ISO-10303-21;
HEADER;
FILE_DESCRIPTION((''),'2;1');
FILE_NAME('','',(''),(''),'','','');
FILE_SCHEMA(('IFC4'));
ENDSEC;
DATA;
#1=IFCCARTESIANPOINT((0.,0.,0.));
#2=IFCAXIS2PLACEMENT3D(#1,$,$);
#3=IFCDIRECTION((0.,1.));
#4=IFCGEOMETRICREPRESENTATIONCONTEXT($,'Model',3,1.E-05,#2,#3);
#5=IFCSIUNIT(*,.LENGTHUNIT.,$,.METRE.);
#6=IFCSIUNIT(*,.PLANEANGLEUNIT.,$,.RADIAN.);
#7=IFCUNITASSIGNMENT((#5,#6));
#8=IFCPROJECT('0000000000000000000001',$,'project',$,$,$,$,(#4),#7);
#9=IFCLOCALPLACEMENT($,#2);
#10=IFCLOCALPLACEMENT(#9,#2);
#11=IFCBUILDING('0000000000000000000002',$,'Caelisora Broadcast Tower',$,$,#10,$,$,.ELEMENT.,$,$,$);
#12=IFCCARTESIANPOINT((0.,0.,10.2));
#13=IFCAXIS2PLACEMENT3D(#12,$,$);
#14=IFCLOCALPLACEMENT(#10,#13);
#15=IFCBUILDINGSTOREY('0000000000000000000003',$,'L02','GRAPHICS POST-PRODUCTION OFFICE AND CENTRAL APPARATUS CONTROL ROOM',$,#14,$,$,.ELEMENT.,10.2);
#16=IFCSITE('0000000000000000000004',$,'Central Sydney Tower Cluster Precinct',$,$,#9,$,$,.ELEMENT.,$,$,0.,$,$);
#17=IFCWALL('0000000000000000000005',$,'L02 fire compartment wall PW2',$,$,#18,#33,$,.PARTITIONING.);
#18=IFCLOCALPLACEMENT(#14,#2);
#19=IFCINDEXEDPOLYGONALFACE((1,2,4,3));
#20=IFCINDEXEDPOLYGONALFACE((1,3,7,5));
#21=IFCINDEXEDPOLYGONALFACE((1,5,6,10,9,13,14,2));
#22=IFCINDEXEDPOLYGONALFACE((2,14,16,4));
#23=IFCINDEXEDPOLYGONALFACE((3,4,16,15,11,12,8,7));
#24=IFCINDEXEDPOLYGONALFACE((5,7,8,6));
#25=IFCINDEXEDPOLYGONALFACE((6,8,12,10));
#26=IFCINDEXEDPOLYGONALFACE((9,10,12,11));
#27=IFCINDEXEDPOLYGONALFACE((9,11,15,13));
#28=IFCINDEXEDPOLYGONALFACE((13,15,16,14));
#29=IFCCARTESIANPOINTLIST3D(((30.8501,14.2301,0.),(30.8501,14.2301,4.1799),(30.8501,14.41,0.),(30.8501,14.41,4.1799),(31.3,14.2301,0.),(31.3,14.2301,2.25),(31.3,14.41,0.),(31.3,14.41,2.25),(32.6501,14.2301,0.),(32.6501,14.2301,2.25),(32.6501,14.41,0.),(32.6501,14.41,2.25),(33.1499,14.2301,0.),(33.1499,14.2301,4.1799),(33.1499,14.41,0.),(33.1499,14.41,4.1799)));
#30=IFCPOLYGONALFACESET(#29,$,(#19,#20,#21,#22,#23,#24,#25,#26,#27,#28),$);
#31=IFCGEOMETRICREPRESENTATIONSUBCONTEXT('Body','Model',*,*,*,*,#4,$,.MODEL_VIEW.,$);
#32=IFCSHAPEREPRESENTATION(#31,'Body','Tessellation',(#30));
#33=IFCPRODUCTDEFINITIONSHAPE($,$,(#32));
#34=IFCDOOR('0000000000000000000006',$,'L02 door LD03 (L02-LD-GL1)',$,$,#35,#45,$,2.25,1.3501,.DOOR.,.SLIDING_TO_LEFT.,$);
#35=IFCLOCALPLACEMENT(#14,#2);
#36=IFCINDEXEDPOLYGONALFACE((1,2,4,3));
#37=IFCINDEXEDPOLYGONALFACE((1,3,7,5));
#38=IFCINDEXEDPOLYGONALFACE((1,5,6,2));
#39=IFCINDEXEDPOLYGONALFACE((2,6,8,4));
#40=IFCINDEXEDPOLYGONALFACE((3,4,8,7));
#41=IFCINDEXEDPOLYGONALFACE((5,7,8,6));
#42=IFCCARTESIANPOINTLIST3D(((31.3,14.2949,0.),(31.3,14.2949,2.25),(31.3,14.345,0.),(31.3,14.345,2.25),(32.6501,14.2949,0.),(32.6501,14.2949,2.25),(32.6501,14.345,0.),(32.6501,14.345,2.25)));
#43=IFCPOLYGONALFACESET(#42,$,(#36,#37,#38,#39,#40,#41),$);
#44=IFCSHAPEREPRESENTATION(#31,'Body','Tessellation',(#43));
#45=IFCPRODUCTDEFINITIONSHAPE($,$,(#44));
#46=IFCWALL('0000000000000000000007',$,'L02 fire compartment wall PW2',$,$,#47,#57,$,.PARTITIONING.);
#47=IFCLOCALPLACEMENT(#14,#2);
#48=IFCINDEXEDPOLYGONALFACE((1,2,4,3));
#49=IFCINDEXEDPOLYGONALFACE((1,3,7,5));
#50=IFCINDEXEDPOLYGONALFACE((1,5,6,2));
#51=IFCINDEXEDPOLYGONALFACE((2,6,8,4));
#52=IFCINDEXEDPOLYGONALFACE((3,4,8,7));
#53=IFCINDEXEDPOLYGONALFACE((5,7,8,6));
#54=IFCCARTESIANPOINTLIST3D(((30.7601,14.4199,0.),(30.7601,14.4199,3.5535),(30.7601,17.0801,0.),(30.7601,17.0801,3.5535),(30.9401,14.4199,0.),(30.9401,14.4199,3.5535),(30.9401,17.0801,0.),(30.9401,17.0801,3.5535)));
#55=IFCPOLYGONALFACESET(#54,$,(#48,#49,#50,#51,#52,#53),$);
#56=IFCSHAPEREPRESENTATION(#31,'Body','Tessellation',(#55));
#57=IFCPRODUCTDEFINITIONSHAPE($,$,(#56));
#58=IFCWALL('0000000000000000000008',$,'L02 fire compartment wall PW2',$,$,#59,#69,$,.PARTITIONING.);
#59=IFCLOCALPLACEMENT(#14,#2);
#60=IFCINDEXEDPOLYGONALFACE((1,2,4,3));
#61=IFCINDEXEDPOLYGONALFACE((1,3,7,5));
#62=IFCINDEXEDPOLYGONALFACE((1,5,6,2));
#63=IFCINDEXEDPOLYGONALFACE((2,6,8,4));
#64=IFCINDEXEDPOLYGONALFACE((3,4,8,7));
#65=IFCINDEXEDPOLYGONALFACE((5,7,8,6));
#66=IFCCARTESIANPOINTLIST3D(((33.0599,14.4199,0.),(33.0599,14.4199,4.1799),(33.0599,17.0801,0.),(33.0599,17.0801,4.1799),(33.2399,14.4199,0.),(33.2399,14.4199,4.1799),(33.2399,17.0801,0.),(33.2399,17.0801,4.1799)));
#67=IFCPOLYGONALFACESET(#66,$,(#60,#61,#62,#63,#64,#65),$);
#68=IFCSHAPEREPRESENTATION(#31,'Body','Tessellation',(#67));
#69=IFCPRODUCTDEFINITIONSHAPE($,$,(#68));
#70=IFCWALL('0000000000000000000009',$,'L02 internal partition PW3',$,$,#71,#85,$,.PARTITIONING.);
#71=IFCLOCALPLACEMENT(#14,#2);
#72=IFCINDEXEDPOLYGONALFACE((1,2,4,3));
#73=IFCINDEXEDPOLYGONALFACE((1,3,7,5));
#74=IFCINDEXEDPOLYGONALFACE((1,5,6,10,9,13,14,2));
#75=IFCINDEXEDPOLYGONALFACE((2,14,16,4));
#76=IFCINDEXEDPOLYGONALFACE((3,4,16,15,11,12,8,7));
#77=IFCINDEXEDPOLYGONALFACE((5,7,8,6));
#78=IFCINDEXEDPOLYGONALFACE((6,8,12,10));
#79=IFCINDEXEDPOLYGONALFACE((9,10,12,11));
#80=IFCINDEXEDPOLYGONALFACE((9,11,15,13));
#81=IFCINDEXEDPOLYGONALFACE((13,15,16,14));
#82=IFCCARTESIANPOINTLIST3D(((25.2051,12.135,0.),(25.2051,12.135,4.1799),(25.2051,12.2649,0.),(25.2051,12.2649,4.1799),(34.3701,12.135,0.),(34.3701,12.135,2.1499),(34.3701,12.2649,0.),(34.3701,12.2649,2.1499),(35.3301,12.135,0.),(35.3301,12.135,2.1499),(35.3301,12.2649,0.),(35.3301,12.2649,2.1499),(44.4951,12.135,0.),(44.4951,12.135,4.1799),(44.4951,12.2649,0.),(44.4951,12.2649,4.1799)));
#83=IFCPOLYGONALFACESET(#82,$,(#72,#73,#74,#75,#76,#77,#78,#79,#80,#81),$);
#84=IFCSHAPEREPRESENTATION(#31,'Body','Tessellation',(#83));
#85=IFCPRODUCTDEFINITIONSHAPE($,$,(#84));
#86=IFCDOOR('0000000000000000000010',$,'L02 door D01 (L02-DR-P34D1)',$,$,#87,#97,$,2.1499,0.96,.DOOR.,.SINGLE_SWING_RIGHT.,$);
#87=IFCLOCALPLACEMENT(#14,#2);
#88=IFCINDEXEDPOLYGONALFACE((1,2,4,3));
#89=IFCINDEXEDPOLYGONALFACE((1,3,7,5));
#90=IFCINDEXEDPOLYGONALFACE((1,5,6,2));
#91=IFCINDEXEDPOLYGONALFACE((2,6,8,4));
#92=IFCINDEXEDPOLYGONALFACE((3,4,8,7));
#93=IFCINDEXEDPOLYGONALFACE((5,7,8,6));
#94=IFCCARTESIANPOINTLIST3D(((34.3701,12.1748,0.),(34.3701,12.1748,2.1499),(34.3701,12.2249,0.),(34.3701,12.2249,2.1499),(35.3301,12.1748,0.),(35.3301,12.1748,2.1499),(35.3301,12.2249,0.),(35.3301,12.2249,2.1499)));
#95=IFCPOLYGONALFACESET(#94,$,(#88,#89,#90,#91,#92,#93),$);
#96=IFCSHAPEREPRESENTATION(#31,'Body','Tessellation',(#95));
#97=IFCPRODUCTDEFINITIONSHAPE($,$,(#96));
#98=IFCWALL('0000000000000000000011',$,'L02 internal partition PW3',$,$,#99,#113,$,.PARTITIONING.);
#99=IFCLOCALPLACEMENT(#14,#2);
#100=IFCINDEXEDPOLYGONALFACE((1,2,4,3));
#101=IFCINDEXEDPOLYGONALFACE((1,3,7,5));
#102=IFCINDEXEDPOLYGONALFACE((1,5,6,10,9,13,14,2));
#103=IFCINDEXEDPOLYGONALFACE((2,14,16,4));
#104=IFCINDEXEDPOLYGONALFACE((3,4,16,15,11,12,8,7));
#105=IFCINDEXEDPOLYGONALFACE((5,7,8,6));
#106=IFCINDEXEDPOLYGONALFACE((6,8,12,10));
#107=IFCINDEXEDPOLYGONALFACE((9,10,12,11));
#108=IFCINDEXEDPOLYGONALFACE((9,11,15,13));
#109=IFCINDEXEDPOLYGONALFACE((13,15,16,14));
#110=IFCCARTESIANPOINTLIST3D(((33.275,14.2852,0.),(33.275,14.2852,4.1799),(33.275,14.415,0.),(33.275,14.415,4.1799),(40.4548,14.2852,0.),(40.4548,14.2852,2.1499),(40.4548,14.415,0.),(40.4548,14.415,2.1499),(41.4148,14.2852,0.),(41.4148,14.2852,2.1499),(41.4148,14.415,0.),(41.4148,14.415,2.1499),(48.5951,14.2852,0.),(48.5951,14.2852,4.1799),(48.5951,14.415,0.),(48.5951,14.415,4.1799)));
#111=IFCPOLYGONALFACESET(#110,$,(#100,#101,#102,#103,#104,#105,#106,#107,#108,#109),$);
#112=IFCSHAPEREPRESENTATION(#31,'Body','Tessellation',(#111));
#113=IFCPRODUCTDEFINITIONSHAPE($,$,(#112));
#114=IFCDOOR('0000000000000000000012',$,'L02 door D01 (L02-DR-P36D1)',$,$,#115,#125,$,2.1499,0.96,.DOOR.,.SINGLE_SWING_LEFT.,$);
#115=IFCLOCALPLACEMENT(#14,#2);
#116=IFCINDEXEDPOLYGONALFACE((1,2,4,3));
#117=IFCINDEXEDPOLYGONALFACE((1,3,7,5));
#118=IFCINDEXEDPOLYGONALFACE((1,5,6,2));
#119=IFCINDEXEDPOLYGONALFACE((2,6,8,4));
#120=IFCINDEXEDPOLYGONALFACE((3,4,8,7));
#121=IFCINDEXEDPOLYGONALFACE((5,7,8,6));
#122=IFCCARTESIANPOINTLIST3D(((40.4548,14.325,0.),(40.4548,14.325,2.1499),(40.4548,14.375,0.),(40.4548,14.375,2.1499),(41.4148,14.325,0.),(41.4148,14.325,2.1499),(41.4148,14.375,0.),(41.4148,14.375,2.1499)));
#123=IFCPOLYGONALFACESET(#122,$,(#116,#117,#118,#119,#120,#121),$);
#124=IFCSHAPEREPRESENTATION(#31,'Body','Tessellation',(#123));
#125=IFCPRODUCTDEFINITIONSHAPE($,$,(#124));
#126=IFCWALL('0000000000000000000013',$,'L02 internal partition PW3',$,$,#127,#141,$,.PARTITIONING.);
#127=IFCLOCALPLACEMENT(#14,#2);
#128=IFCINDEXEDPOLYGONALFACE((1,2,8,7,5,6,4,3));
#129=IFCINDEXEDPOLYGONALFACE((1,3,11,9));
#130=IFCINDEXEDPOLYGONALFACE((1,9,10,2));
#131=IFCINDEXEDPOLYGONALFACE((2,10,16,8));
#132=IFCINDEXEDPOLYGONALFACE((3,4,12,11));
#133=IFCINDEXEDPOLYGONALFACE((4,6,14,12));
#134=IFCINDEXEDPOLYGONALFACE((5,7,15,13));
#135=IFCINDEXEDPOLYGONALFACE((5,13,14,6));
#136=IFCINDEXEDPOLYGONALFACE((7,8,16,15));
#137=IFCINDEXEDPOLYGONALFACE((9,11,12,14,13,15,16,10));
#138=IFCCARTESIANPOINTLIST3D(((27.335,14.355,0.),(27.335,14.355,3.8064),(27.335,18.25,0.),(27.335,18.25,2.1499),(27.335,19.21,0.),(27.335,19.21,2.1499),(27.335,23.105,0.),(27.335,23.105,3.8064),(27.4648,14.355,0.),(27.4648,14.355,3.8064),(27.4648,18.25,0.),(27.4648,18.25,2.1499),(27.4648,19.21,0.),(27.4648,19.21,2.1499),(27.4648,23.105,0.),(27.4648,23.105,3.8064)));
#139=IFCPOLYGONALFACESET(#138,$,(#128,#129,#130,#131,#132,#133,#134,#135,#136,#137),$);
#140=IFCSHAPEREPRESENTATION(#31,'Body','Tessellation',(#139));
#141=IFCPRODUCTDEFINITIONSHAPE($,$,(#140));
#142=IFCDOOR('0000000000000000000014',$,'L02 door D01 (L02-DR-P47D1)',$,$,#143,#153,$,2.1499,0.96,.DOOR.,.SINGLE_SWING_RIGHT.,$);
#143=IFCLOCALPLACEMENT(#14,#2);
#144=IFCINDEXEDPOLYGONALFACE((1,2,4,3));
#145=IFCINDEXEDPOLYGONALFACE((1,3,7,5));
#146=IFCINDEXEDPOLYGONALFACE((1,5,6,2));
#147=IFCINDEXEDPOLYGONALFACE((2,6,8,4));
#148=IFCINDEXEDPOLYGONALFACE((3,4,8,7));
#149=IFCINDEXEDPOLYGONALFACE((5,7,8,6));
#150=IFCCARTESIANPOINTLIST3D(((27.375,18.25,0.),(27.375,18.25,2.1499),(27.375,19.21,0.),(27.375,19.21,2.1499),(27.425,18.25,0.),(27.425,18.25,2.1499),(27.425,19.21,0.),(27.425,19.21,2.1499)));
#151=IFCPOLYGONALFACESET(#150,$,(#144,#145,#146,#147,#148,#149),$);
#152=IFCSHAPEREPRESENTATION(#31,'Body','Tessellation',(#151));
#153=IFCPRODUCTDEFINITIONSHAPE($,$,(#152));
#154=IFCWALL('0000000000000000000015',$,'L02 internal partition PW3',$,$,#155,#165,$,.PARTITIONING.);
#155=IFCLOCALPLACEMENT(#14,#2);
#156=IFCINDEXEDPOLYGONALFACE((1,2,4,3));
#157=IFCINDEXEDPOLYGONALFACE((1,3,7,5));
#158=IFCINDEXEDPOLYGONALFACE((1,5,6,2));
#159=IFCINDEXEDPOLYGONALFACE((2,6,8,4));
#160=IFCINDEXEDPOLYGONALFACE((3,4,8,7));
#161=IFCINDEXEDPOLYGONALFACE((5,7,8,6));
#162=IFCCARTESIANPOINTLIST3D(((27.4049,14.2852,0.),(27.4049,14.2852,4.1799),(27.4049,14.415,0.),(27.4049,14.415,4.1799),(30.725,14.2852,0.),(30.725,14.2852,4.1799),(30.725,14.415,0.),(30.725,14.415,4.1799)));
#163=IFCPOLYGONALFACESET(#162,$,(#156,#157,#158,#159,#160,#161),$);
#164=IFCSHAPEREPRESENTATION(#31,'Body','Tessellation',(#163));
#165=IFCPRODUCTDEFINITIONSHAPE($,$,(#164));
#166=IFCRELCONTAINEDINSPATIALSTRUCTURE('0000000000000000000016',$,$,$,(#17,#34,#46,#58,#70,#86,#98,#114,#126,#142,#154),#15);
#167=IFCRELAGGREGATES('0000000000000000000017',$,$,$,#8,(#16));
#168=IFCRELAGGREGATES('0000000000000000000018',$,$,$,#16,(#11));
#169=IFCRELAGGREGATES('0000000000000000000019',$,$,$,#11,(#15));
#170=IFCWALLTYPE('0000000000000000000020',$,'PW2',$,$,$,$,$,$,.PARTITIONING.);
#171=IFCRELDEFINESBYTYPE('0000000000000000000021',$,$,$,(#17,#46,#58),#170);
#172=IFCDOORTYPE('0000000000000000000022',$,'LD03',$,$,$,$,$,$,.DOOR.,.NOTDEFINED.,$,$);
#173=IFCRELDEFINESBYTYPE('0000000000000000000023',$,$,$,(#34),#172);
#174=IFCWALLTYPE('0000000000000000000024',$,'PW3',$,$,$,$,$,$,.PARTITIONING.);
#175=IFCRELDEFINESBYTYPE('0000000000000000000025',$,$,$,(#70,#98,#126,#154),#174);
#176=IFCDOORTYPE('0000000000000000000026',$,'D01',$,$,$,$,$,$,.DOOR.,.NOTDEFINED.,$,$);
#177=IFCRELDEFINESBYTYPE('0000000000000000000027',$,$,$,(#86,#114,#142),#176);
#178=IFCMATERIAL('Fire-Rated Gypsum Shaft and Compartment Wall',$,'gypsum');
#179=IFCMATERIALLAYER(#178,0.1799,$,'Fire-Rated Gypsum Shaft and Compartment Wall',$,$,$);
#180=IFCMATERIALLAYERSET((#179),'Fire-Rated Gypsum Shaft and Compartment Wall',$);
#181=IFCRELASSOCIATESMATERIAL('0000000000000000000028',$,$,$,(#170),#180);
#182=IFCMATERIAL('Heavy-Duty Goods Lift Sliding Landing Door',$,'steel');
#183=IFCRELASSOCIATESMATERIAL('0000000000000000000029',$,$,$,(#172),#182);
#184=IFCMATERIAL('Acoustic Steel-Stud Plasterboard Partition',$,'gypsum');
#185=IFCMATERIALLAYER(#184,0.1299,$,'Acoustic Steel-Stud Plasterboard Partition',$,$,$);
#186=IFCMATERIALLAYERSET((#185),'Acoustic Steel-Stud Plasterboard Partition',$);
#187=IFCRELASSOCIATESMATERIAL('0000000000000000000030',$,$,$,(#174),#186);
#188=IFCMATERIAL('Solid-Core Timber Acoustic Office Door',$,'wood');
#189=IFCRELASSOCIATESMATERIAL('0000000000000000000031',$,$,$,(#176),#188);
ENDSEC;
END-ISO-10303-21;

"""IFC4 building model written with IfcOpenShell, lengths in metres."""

from ifc_helpers import new_model, si_unit, direction, frame, frame_2d, origin, place, context, subcontext, project, spatial, rectangle, extrude, material, layer, layer_set, type_object, element, fill, save


model = new_model("IFC4")

# Units and contexts
model_context = context("Model", 3, precision=1e-05, world=origin(), true_north=direction((0.0, 1.0)))
body_context = subcontext(model_context, "Body", "Model", "MODEL_VIEW")
ifc_project = project(units=[si_unit("LENGTHUNIT", "METRE"), si_unit("PLANEANGLEUNIT", "RADIAN")], contexts=[model_context])

# Site, building, storey
site_placement = place(None, origin())
site = spatial("IfcSite", under=ifc_project, at=site_placement, Name="Central Sydney Tower Cluster Precinct", CompositionType="ELEMENT", RefElevation=0.0)
building_placement = place(site_placement, origin())
building = spatial("IfcBuilding", under=site, at=building_placement, Name="Caelisora Broadcast Tower", CompositionType="ELEMENT")
storey_placement = place(building_placement, frame((0.0, 0.0, 10.2)))
storey = spatial("IfcBuildingStorey", under=building, at=storey_placement, Name="L02", Description="GRAPHICS POST-PRODUCTION OFFICE AND CENTRAL APPARATUS CONTROL ROOM", CompositionType="ELEMENT", Elevation=10.2)

# Wall, opening, door
ifc_material_1 = material(Name="Fire-Rated Gypsum Shaft and Compartment Wall", Category="gypsum")
ifc_layer_1 = layer(ifc_material_1, 0.1799, Name="Fire-Rated Gypsum Shaft and Compartment Wall")
ifc_layer_set_1 = layer_set([ifc_layer_1], Name="Fire-Rated Gypsum Shaft and Compartment Wall")
wall_type_1 = type_object("IfcWallType", Name="PW2", PredefinedType="PARTITIONING", material=ifc_layer_set_1)
wall_1_placement = place(storey_placement, frame((30.8501, 14.3201, 0.0), z_axis=(0.0, 0.0, 1.0), x_axis=(1.0, 0.0, 0.0)))
wall_1 = element("IfcWall", 1, at=wall_1_placement, inside=storey, type_object=wall_type_1, Name="L02 fire compartment wall PW2", PredefinedType="PARTITIONING", context=body_context, shape_type="SweptSolid", body=[
    extrude(rectangle(XDim=2.2998, YDim=0.1799, at=frame_2d((1.1499, 0.0))), origin(), (0.0, 0.0, 1.0), 4.1799),
])
opening_1_placement = place(wall_1_placement, frame((0.45, 0.0, 0.0)))
opening_1 = element("IfcOpeningElement", 2, at=opening_1_placement, cuts=wall_1, PredefinedType="OPENING", context=body_context, shape_type="SweptSolid", body=[
    extrude(rectangle(XDim=1.3501, YDim=2.25, at=frame_2d((0.675, 1.125))), frame((0.0, 0.1021, 0.0), z_axis=(0.0, -1.0, 0.0), x_axis=(1.0, 0.0, 0.0)), (0.0, 0.0, 1.0), 0.2039),
])
ifc_material_2 = material(Name="Heavy-Duty Goods Lift Sliding Landing Door", Category="steel")
door_type_1 = type_object("IfcDoorType", Name="LD03", OperationType="NOTDEFINED", PredefinedType="DOOR", material=ifc_material_2)
door_1_placement = place(opening_1_placement, origin())
door_1 = element("IfcDoor", 3, at=door_1_placement, inside=storey, type_object=door_type_1, Name="L02 door LD03 (L02-LD-GL1)", OperationType="SLIDING_TO_LEFT", OverallHeight=2.25, OverallWidth=1.3501, PredefinedType="DOOR", context=body_context, shape_type="SweptSolid", body=[
    extrude(rectangle(XDim=1.3501, YDim=2.25, at=frame_2d((0.675, 1.125))), frame((0.0, 0.0249, 0.0), z_axis=(0.0, -1.0, 0.0), x_axis=(1.0, 0.0, 0.0)), (0.0, 0.0, 1.0), 0.05),
])
fill(opening_1, door_1)

# Walls
wall_2_placement = place(storey_placement, frame((30.8501, 14.4199, 0.0), z_axis=(0.0, 0.0, 1.0), x_axis=(0.0, 1.0, 0.0)))
element("IfcWall", 4, at=wall_2_placement, inside=storey, type_object=wall_type_1, Name="L02 fire compartment wall PW2", PredefinedType="PARTITIONING", context=body_context, shape_type="SweptSolid", body=[
    extrude(rectangle(XDim=2.6602, YDim=0.1799, at=frame_2d((1.3301, 0.0))), origin(), (0.0, 0.0, 1.0), 3.5535),
])
wall_3_placement = place(storey_placement, frame((33.1499, 14.4199, 0.0), z_axis=(0.0, 0.0, 1.0), x_axis=(0.0, 1.0, 0.0)))
element("IfcWall", 5, at=wall_3_placement, inside=storey, type_object=wall_type_1, Name="L02 fire compartment wall PW2", PredefinedType="PARTITIONING", context=body_context, shape_type="SweptSolid", body=[
    extrude(rectangle(XDim=2.6602, YDim=0.1799, at=frame_2d((1.3301, 0.0))), origin(), (0.0, 0.0, 1.0), 4.1799),
])

# Walls, openings, doors
ifc_material_3 = material(Name="Acoustic Steel-Stud Plasterboard Partition", Category="gypsum")
ifc_layer_2 = layer(ifc_material_3, 0.1299, Name="Acoustic Steel-Stud Plasterboard Partition")
ifc_layer_set_2 = layer_set([ifc_layer_2], Name="Acoustic Steel-Stud Plasterboard Partition")
wall_type_2 = type_object("IfcWallType", Name="PW3", PredefinedType="PARTITIONING", material=ifc_layer_set_2)
wall_4_placement = place(storey_placement, frame((25.2051, 12.2, 0.0), z_axis=(0.0, 0.0, 1.0), x_axis=(1.0, 0.0, 0.0)))
wall_4 = element("IfcWall", 6, at=wall_4_placement, inside=storey, type_object=wall_type_2, Name="L02 internal partition PW3", PredefinedType="PARTITIONING", context=body_context, shape_type="SweptSolid", body=[
    extrude(rectangle(XDim=19.29, YDim=0.1299, at=frame_2d((9.645, 0.0))), origin(), (0.0, 0.0, 1.0), 4.1799),
])
opening_2_placement = place(wall_4_placement, frame((9.165, 0.0, 0.0)))
opening_2 = element("IfcOpeningElement", 7, at=opening_2_placement, cuts=wall_4, PredefinedType="OPENING", context=body_context, shape_type="SweptSolid", body=[
    extrude(rectangle(XDim=0.96, YDim=2.1499, at=frame_2d((0.48, 1.075))), frame((0.0, 0.0769, 0.0), z_axis=(0.0, -1.0, 0.0), x_axis=(1.0, 0.0, 0.0)), (0.0, 0.0, 1.0), 0.1538),
])
ifc_material_4 = material(Name="Solid-Core Timber Acoustic Office Door", Category="wood")
door_type_2 = type_object("IfcDoorType", Name="D01", OperationType="NOTDEFINED", PredefinedType="DOOR", material=ifc_material_4)
door_2_placement = place(opening_2_placement, origin())
door_2 = element("IfcDoor", 8, at=door_2_placement, inside=storey, type_object=door_type_2, Name="L02 door D01 (L02-DR-P34D1)", OperationType="SINGLE_SWING_RIGHT", OverallHeight=2.1499, OverallWidth=0.96, PredefinedType="DOOR", context=body_context, shape_type="SweptSolid", body=[
    extrude(rectangle(XDim=0.96, YDim=2.1499, at=frame_2d((0.48, 1.075))), frame((0.0, 0.0249, 0.0), z_axis=(0.0, -1.0, 0.0), x_axis=(1.0, 0.0, 0.0)), (0.0, 0.0, 1.0), 0.05),
])
fill(opening_2, door_2)
wall_5_placement = place(storey_placement, frame((33.2749, 14.3501, 0.0), z_axis=(0.0, 0.0, 1.0), x_axis=(1.0, 0.0, 0.0)))
wall_5 = element("IfcWall", 9, at=wall_5_placement, inside=storey, type_object=wall_type_2, Name="L02 internal partition PW3", PredefinedType="PARTITIONING", context=body_context, shape_type="SweptSolid", body=[
    extrude(rectangle(XDim=15.3201, YDim=0.1299, at=frame_2d((7.6602, 0.0))), origin(), (0.0, 0.0, 1.0), 4.1799),
])
opening_3_placement = place(wall_5_placement, frame((7.1799, 0.0, 0.0)))
opening_3 = element("IfcOpeningElement", 10, at=opening_3_placement, cuts=wall_5, PredefinedType="OPENING", context=body_context, shape_type="SweptSolid", body=[
    extrude(rectangle(XDim=0.96, YDim=2.1499, at=frame_2d((0.48, 1.075))), frame((0.0, 0.0769, 0.0), z_axis=(0.0, -1.0, 0.0), x_axis=(1.0, 0.0, 0.0)), (0.0, 0.0, 1.0), 0.1538),
])
door_3_placement = place(opening_3_placement, origin())
door_3 = element("IfcDoor", 11, at=door_3_placement, inside=storey, type_object=door_type_2, Name="L02 door D01 (L02-DR-P36D1)", OperationType="SINGLE_SWING_LEFT", OverallHeight=2.1499, OverallWidth=0.96, PredefinedType="DOOR", context=body_context, shape_type="SweptSolid", body=[
    extrude(rectangle(XDim=0.96, YDim=2.1499, at=frame_2d((0.48, 1.075))), frame((0.0, 0.0249, 0.0), z_axis=(0.0, -1.0, 0.0), x_axis=(1.0, 0.0, 0.0)), (0.0, 0.0, 1.0), 0.05),
])
fill(opening_3, door_3)
wall_6_placement = place(storey_placement, frame((27.3999, 14.355, 0.0), z_axis=(0.0, 0.0, 1.0), x_axis=(0.0, 1.0, 0.0)))
wall_6 = element("IfcWall", 12, at=wall_6_placement, inside=storey, type_object=wall_type_2, Name="L02 internal partition PW3", PredefinedType="PARTITIONING", context=body_context, shape_type="SweptSolid", body=[
    extrude(rectangle(XDim=8.75, YDim=0.1299, at=frame_2d((4.375, 0.0))), origin(), (0.0, 0.0, 1.0), 3.8064),
])
opening_4_placement = place(wall_6_placement, frame((3.895, 0.0, 0.0)))
opening_4 = element("IfcOpeningElement", 13, at=opening_4_placement, cuts=wall_6, PredefinedType="OPENING", context=body_context, shape_type="SweptSolid", body=[
    extrude(rectangle(XDim=0.96, YDim=2.1499, at=frame_2d((0.48, 1.075))), frame((0.0, 0.0769, 0.0), z_axis=(0.0, -1.0, 0.0), x_axis=(1.0, 0.0, 0.0)), (0.0, 0.0, 1.0), 0.1538),
])
door_4_placement = place(opening_4_placement, origin())
door_4 = element("IfcDoor", 14, at=door_4_placement, inside=storey, type_object=door_type_2, Name="L02 door D01 (L02-DR-P47D1)", OperationType="SINGLE_SWING_RIGHT", OverallHeight=2.1499, OverallWidth=0.96, PredefinedType="DOOR", context=body_context, shape_type="SweptSolid", body=[
    extrude(rectangle(XDim=0.96, YDim=2.1499, at=frame_2d((0.48, 1.075))), frame((0.0, 0.0249, 0.0), z_axis=(0.0, -1.0, 0.0), x_axis=(1.0, 0.0, 0.0)), (0.0, 0.0, 1.0), 0.05),
])
fill(opening_4, door_4)

# Wall
wall_7_placement = place(storey_placement, frame((30.7251, 14.3501, 0.0), z_axis=(0.0, 0.0, 1.0), x_axis=(-1.0, 0.0, 0.0)))
element("IfcWall", 15, at=wall_7_placement, inside=storey, type_object=wall_type_2, Name="L02 internal partition PW3", PredefinedType="PARTITIONING", context=body_context, shape_type="SweptSolid", body=[
    extrude(rectangle(XDim=3.3201, YDim=0.1299, at=frame_2d((1.6602, 0.0))), origin(), (0.0, 0.0, 1.0), 4.1799),
])

save(model, "model.ifc")
